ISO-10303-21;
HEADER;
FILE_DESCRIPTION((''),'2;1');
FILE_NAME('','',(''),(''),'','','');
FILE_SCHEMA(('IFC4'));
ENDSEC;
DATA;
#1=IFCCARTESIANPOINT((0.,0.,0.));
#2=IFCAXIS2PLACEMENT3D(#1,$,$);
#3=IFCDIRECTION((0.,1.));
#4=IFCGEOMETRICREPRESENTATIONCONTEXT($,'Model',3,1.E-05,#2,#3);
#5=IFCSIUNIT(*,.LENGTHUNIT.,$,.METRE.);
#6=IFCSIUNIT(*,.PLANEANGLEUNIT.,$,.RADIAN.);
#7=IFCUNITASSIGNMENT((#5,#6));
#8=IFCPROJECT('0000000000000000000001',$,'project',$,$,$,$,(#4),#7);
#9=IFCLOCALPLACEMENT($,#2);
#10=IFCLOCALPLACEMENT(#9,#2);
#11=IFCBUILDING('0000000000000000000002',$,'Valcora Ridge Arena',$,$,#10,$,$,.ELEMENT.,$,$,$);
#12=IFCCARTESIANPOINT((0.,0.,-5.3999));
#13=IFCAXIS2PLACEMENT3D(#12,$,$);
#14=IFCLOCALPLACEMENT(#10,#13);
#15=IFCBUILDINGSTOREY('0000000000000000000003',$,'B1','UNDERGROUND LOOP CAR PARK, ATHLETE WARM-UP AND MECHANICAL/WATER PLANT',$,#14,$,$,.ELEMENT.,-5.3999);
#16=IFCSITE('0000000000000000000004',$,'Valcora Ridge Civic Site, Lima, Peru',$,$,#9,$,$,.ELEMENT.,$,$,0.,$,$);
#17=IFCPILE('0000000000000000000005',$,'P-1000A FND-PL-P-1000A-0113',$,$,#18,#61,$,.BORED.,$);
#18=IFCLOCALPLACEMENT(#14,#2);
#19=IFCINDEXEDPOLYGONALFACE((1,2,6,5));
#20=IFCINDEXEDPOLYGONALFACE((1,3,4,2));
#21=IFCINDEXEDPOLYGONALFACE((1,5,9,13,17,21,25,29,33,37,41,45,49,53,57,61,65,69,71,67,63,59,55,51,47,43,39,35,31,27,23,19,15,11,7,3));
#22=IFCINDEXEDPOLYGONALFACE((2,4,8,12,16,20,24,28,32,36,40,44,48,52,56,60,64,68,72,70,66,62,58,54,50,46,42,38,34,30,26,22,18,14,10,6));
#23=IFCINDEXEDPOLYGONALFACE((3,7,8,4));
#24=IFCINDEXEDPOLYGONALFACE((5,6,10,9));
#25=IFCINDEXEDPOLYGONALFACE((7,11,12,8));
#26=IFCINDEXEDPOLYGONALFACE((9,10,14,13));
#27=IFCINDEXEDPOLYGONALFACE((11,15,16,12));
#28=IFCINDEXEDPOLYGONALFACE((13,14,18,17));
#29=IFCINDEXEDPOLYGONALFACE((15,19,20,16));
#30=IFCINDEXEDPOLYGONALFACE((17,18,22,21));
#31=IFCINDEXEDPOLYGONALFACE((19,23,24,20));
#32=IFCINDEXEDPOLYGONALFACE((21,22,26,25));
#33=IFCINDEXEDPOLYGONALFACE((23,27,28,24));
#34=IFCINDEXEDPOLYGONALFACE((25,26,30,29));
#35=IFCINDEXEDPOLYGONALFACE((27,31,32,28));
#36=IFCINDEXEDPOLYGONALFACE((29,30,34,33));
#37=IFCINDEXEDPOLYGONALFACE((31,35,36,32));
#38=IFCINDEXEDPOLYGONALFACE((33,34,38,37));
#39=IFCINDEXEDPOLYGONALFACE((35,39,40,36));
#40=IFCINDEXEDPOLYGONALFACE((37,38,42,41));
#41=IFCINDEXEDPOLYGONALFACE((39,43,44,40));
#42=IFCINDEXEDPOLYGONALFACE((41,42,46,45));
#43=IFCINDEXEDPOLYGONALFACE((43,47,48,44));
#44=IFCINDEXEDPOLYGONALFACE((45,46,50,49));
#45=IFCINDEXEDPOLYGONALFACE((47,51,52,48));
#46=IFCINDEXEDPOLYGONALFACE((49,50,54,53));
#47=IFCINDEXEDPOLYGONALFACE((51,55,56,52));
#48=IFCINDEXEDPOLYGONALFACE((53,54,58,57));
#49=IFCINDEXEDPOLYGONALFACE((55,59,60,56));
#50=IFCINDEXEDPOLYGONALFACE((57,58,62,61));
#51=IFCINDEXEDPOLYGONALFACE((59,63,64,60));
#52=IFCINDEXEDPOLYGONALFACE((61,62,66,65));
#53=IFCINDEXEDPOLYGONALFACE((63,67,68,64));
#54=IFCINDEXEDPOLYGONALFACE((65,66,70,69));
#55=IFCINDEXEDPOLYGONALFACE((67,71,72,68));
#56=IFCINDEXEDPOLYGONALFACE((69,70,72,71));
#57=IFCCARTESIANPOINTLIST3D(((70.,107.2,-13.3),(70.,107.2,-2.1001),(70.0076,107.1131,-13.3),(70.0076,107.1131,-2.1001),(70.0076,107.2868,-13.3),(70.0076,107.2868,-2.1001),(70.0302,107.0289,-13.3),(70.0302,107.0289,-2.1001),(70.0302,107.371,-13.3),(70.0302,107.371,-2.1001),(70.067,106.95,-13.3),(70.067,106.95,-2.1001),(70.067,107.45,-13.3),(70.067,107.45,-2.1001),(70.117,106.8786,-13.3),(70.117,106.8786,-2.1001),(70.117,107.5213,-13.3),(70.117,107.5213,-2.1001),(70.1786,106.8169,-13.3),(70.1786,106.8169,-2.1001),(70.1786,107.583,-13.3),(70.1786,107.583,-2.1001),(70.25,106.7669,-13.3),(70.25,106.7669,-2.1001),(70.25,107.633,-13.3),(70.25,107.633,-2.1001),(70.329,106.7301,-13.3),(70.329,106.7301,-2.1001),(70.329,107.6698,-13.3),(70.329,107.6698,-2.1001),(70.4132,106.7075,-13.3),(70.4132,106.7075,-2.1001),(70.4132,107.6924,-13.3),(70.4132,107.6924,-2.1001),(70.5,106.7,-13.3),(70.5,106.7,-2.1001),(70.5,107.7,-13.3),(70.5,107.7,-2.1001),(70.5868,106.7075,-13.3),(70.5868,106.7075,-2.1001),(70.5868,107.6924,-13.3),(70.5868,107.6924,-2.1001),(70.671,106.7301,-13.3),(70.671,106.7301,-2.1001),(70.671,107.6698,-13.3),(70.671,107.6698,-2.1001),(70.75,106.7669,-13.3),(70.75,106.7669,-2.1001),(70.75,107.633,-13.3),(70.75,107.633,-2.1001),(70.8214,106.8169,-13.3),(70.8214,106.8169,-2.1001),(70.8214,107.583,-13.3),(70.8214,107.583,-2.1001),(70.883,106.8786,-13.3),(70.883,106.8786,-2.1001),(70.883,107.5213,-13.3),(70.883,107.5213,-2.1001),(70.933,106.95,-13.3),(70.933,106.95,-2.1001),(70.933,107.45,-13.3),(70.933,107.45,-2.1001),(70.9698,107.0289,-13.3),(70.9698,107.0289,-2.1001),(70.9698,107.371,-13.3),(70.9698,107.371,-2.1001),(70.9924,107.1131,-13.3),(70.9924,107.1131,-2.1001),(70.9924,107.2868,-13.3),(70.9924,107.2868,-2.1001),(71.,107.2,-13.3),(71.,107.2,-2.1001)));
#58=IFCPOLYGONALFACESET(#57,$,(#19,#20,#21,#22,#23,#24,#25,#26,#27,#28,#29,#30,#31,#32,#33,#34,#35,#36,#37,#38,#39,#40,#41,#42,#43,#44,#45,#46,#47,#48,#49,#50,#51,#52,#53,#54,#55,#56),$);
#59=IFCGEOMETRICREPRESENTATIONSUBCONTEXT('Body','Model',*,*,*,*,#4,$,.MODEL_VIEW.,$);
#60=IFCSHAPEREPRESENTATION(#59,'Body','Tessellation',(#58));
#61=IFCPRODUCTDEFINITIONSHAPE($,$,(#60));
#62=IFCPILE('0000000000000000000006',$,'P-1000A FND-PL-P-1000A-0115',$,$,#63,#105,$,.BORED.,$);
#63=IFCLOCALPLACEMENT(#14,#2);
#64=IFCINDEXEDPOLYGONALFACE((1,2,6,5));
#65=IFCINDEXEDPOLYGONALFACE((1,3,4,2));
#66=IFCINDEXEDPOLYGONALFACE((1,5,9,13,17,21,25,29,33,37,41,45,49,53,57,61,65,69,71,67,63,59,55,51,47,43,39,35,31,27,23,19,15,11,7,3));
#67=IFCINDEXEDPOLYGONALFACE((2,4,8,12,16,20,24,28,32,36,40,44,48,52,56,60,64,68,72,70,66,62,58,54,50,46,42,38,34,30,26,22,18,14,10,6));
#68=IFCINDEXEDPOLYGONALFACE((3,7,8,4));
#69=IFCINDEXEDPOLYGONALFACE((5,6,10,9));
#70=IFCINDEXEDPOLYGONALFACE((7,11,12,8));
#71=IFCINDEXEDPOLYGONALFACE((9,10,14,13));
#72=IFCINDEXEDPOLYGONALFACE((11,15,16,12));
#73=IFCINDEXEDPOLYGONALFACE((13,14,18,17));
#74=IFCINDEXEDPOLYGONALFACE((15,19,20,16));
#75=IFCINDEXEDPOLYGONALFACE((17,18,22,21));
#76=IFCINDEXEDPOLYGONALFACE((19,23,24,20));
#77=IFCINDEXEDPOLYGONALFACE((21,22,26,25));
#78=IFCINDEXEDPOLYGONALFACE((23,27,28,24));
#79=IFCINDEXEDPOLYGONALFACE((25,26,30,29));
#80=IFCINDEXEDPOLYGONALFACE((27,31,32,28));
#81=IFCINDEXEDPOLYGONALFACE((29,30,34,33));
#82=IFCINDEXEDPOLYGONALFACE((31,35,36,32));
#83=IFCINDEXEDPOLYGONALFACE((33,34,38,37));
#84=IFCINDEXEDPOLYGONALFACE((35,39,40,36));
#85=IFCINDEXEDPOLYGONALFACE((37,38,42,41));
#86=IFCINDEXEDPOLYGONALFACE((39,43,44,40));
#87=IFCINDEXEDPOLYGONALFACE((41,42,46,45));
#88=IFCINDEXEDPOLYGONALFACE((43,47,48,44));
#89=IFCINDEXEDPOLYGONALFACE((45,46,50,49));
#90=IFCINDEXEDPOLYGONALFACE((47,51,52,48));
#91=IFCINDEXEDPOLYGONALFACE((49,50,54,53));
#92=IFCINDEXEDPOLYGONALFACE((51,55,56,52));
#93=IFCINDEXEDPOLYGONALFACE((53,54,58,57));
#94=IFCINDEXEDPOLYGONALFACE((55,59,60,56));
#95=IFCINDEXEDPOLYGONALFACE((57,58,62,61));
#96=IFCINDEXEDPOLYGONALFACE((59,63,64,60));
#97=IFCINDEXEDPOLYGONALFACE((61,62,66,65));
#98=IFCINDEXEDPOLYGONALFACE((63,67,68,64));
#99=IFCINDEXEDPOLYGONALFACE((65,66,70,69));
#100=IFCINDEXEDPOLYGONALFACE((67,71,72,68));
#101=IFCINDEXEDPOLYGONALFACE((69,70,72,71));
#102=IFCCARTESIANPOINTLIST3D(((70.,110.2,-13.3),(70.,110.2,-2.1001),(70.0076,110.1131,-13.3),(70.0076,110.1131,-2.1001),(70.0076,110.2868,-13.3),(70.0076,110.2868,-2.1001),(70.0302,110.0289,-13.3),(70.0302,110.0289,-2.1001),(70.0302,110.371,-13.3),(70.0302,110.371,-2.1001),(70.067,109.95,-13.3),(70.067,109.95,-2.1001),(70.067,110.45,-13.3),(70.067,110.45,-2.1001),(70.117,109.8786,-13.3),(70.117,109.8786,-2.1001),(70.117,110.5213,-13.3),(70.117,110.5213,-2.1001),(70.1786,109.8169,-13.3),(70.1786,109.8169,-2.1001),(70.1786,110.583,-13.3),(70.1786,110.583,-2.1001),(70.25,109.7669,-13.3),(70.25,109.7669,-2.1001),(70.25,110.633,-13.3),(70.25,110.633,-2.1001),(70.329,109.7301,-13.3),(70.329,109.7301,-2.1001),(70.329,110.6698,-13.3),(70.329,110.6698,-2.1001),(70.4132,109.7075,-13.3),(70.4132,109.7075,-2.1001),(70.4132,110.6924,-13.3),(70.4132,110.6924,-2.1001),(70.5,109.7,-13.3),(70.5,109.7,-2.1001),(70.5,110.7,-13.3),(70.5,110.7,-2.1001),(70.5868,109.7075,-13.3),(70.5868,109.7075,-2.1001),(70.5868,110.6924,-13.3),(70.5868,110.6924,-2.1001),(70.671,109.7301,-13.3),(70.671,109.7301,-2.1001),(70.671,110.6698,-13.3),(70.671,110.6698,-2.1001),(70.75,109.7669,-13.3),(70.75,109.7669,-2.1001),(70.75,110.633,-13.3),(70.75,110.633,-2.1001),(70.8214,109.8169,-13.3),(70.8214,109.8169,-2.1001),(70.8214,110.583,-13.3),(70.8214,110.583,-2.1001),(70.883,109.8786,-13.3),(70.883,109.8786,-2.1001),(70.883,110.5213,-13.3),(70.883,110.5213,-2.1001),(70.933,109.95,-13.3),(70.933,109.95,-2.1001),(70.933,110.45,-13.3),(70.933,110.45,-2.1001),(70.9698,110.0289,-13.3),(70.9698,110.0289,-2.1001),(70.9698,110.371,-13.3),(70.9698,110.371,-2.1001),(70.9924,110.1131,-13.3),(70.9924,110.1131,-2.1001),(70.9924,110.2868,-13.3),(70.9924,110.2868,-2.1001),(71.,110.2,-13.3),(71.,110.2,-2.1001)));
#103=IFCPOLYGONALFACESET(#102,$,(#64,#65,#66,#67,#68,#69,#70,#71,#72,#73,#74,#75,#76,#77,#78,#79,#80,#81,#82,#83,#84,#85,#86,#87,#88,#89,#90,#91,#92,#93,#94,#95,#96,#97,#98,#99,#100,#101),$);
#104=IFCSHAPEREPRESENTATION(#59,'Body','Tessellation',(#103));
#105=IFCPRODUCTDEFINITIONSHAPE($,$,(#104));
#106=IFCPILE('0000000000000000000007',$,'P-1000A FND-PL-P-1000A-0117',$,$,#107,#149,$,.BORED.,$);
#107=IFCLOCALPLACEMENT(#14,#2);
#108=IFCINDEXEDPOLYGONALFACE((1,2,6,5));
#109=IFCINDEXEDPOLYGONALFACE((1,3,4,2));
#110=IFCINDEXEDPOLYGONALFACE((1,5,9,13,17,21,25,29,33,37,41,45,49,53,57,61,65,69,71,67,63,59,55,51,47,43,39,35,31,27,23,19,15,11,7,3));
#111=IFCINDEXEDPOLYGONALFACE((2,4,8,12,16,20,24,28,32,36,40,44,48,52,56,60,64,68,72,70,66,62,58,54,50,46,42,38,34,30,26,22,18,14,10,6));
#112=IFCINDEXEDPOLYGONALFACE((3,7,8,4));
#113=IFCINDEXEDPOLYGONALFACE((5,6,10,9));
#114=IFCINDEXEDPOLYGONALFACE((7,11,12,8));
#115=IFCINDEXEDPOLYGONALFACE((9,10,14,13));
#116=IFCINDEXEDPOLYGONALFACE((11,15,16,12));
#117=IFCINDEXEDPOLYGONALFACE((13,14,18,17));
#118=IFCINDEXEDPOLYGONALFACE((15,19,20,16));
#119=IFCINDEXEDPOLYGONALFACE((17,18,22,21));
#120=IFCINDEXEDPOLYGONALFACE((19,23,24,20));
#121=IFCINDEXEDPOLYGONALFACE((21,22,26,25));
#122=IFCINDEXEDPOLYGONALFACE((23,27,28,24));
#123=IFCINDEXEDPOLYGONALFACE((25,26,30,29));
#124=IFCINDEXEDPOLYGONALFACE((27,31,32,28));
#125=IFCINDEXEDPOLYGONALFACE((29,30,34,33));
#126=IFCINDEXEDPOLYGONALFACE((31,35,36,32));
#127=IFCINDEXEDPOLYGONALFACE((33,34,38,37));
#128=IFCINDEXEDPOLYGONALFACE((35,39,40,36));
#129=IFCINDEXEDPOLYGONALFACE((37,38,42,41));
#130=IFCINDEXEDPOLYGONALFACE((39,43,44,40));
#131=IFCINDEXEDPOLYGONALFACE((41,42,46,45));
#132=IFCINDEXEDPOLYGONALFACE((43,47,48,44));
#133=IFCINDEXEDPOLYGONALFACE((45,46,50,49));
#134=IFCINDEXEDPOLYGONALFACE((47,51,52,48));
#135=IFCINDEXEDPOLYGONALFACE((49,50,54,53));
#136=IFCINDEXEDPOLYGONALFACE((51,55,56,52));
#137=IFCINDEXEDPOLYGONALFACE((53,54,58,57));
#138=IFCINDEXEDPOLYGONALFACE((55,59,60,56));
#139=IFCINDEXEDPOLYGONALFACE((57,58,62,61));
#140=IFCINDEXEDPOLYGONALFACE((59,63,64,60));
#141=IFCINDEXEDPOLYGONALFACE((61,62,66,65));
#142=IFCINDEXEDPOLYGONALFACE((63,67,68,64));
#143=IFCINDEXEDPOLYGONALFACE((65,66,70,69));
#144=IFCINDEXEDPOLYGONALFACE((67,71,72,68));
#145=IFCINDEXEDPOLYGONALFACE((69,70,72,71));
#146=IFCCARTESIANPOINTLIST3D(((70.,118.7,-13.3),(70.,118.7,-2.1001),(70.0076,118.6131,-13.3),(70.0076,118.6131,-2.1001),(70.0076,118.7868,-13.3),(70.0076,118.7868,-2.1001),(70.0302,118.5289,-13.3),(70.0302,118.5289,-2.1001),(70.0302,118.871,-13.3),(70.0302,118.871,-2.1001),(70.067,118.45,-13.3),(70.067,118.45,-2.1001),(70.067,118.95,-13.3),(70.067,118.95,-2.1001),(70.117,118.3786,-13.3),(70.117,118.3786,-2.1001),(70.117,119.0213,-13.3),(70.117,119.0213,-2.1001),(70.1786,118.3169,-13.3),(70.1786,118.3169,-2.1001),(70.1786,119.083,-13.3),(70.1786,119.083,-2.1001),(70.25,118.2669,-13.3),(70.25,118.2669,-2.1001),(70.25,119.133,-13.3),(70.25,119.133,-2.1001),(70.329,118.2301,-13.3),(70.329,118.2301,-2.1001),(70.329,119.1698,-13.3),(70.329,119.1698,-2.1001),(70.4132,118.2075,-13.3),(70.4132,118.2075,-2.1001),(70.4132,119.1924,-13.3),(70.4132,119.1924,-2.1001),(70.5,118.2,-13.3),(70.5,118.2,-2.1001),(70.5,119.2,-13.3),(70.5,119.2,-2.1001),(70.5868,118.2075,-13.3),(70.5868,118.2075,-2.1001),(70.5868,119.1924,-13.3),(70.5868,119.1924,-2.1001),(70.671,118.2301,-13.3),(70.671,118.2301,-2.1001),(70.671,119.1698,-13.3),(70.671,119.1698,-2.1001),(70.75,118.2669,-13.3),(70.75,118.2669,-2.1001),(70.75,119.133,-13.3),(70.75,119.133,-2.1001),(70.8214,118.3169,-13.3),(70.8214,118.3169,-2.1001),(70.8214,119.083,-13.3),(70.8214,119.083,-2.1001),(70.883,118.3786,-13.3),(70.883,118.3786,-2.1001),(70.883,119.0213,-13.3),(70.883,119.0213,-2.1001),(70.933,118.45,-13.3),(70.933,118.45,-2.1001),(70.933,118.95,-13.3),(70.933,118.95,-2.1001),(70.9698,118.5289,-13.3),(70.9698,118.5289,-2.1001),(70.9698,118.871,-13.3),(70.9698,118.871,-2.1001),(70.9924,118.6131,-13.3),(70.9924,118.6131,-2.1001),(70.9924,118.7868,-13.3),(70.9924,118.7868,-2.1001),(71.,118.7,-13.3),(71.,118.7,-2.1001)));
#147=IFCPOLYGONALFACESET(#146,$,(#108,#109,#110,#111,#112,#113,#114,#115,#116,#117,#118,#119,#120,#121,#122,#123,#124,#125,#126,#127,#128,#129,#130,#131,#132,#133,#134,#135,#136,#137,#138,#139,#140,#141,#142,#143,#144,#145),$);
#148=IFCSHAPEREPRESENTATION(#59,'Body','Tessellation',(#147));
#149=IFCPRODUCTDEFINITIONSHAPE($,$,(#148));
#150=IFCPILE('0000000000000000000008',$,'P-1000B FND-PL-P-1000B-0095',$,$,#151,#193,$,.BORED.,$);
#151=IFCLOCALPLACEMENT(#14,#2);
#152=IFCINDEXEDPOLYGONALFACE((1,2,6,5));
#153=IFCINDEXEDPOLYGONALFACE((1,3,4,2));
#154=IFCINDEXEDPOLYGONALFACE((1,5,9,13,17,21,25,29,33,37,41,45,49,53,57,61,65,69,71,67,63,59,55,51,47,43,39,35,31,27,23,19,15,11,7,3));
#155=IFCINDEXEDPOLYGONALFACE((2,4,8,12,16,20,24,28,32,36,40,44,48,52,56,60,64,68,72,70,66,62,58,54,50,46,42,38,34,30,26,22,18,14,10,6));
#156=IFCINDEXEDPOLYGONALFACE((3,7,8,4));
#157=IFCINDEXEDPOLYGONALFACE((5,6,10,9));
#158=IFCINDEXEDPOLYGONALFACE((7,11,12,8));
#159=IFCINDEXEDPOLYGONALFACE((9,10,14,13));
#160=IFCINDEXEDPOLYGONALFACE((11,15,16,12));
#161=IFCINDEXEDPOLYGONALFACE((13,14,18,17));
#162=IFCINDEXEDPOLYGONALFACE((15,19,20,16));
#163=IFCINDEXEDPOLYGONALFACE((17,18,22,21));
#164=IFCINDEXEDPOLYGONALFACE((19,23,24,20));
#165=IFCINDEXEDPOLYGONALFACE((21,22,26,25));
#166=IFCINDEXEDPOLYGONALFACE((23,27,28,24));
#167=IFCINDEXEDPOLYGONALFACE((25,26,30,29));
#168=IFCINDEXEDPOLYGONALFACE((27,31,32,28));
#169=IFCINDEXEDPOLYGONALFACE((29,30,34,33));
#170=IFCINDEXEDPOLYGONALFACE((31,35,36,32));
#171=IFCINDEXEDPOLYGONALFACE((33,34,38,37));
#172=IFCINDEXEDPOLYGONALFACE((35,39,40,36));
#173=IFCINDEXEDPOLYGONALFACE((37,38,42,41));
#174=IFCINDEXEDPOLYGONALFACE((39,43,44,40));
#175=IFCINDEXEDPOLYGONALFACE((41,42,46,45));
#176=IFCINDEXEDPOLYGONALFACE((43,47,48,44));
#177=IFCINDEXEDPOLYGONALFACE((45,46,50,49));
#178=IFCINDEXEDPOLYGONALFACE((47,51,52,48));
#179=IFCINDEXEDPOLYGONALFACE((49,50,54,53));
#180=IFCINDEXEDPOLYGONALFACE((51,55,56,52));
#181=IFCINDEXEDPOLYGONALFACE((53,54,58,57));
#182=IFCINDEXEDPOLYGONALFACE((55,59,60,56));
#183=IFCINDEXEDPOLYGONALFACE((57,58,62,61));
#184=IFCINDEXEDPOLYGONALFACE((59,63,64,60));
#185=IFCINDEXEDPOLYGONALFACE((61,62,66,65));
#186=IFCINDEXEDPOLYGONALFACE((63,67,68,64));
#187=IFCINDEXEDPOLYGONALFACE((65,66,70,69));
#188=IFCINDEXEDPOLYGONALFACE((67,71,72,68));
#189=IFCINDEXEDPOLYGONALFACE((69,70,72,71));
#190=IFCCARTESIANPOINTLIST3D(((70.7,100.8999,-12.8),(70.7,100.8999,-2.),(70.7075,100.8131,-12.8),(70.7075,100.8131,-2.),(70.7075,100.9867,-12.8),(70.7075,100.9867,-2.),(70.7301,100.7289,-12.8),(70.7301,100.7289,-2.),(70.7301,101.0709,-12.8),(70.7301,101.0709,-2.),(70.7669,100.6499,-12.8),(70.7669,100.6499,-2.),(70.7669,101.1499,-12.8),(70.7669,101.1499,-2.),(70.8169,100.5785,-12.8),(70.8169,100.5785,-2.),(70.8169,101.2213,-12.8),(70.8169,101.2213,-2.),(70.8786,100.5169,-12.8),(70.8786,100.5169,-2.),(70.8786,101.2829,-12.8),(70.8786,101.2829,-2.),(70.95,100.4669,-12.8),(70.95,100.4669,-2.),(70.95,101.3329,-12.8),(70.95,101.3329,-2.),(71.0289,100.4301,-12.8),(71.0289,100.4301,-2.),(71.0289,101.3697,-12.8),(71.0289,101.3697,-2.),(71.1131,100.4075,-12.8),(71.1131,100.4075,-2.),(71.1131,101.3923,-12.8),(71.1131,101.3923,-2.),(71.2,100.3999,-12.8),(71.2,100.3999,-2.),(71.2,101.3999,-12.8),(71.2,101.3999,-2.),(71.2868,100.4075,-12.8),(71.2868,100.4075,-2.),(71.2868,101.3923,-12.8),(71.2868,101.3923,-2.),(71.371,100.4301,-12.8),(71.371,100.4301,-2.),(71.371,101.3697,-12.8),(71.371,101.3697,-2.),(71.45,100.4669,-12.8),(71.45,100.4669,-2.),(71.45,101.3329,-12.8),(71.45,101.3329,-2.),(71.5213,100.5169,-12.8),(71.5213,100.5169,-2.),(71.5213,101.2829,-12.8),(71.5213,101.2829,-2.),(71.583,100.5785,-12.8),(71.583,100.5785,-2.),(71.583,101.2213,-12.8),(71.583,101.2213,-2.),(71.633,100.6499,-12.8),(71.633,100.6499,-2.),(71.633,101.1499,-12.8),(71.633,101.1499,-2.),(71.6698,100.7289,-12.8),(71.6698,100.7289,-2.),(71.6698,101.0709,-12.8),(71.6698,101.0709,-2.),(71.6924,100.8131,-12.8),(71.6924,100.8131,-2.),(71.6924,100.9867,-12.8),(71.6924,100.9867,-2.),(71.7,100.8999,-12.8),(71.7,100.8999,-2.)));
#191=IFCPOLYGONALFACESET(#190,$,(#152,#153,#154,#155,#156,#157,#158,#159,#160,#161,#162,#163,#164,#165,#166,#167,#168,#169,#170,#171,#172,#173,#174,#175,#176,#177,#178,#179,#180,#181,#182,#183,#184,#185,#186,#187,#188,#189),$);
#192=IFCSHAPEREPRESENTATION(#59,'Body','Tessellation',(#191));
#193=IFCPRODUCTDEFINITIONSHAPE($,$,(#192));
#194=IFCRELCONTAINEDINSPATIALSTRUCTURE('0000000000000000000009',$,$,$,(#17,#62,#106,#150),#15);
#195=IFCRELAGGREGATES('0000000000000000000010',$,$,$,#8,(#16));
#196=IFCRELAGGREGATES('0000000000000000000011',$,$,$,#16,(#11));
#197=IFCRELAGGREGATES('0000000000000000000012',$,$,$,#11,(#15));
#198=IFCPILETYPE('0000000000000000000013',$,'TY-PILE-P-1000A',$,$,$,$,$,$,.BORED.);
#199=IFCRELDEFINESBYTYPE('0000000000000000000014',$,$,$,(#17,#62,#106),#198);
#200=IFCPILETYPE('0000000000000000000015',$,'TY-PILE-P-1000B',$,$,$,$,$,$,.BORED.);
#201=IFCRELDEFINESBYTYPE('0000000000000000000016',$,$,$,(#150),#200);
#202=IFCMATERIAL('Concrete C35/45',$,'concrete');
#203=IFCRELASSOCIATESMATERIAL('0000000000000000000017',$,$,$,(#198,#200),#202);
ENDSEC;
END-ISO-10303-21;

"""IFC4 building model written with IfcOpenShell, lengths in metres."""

from ifc_helpers import new_model, si_unit, direction, frame, origin, origin_2d, place, context, subcontext, project, spatial, circle, extrude, material, material_profile, profile_set, type_object, element, save


model = new_model("IFC4")

# Units and contexts
model_context = context("Model", 3, precision=1e-05, world=origin(), true_north=direction((0.0, 1.0)))
body_context = subcontext(model_context, "Body", "Model", "MODEL_VIEW")
ifc_project = project(units=[si_unit("LENGTHUNIT", "METRE"), si_unit("PLANEANGLEUNIT", "RADIAN")], contexts=[model_context])

# Site, building, storey
site_placement = place(None, origin())
site = spatial("IfcSite", under=ifc_project, at=site_placement, Name="Valcora Ridge Civic Site, Lima, Peru", CompositionType="ELEMENT", RefElevation=0.0)
building_placement = place(site_placement, origin())
building = spatial("IfcBuilding", under=site, at=building_placement, Name="Valcora Ridge Arena", CompositionType="ELEMENT")
storey_placement = place(building_placement, frame((0.0, 0.0, -5.3999)))
storey = spatial("IfcBuildingStorey", under=building, at=storey_placement, Name="B1", Description="UNDERGROUND LOOP CAR PARK, ATHLETE WARM-UP AND MECHANICAL/WATER PLANT", CompositionType="ELEMENT", Elevation=-5.3999)

# Piles
ifc_material_1 = material(Name="Concrete C35/45", Category="concrete")
ifc_material_profile_1 = material_profile(ifc_material_1, circle(Radius=0.5, at=origin_2d()), Name="BORED PILE D1000")
ifc_profile_set_1 = profile_set([ifc_material_profile_1], Name="Concrete C35/45")
pile_type_1 = type_object("IfcPileType", Name="TY-PILE-P-1000A", PredefinedType="BORED", material=ifc_profile_set_1)
for number, where, z_axis, x_axis, name in (
    (1, (70.5, 107.2, -2.1001), (0.0, 0.0, -1.0), (1.0, 0.0, 0.0), "P-1000A FND-PL-P-1000A-0113"),
    (2, (70.5, 110.2, -2.1001), (0.0, 0.0, -1.0), (1.0, 0.0, 0.0), "P-1000A FND-PL-P-1000A-0115"),
    (3, (70.5, 118.7, -2.1001), (0.0, 0.0, -1.0), (1.0, 0.0, 0.0), "P-1000A FND-PL-P-1000A-0117"),
):
    element("IfcPile", number, at=place(storey_placement, frame(where, z_axis=z_axis, x_axis=x_axis)), inside=storey, type_object=pile_type_1, Name=name, PredefinedType="BORED", context=body_context, shape_type="SweptSolid", body=[
        extrude(circle(Radius=0.5, at=origin_2d()), origin(), (0.0, 0.0, 1.0), 11.2),
    ])
ifc_material_profile_2 = material_profile(ifc_material_1, circle(Radius=0.5, at=origin_2d()), Name="BORED PILE D1000")
ifc_profile_set_2 = profile_set([ifc_material_profile_2], Name="Concrete C35/45")
pile_type_2 = type_object("IfcPileType", Name="TY-PILE-P-1000B", PredefinedType="BORED", material=ifc_profile_set_2)
pile_placement = place(storey_placement, frame((71.2, 100.8999, -2.0), z_axis=(0.0, 0.0, -1.0), x_axis=(1.0, 0.0, 0.0)))
element("IfcPile", 4, at=pile_placement, inside=storey, type_object=pile_type_2, Name="P-1000B FND-PL-P-1000B-0095", PredefinedType="BORED", context=body_context, shape_type="SweptSolid", body=[
    extrude(circle(Radius=0.5, at=origin_2d()), origin(), (0.0, 0.0, 1.0), 10.8),
])

save(model, "model.ifc")
